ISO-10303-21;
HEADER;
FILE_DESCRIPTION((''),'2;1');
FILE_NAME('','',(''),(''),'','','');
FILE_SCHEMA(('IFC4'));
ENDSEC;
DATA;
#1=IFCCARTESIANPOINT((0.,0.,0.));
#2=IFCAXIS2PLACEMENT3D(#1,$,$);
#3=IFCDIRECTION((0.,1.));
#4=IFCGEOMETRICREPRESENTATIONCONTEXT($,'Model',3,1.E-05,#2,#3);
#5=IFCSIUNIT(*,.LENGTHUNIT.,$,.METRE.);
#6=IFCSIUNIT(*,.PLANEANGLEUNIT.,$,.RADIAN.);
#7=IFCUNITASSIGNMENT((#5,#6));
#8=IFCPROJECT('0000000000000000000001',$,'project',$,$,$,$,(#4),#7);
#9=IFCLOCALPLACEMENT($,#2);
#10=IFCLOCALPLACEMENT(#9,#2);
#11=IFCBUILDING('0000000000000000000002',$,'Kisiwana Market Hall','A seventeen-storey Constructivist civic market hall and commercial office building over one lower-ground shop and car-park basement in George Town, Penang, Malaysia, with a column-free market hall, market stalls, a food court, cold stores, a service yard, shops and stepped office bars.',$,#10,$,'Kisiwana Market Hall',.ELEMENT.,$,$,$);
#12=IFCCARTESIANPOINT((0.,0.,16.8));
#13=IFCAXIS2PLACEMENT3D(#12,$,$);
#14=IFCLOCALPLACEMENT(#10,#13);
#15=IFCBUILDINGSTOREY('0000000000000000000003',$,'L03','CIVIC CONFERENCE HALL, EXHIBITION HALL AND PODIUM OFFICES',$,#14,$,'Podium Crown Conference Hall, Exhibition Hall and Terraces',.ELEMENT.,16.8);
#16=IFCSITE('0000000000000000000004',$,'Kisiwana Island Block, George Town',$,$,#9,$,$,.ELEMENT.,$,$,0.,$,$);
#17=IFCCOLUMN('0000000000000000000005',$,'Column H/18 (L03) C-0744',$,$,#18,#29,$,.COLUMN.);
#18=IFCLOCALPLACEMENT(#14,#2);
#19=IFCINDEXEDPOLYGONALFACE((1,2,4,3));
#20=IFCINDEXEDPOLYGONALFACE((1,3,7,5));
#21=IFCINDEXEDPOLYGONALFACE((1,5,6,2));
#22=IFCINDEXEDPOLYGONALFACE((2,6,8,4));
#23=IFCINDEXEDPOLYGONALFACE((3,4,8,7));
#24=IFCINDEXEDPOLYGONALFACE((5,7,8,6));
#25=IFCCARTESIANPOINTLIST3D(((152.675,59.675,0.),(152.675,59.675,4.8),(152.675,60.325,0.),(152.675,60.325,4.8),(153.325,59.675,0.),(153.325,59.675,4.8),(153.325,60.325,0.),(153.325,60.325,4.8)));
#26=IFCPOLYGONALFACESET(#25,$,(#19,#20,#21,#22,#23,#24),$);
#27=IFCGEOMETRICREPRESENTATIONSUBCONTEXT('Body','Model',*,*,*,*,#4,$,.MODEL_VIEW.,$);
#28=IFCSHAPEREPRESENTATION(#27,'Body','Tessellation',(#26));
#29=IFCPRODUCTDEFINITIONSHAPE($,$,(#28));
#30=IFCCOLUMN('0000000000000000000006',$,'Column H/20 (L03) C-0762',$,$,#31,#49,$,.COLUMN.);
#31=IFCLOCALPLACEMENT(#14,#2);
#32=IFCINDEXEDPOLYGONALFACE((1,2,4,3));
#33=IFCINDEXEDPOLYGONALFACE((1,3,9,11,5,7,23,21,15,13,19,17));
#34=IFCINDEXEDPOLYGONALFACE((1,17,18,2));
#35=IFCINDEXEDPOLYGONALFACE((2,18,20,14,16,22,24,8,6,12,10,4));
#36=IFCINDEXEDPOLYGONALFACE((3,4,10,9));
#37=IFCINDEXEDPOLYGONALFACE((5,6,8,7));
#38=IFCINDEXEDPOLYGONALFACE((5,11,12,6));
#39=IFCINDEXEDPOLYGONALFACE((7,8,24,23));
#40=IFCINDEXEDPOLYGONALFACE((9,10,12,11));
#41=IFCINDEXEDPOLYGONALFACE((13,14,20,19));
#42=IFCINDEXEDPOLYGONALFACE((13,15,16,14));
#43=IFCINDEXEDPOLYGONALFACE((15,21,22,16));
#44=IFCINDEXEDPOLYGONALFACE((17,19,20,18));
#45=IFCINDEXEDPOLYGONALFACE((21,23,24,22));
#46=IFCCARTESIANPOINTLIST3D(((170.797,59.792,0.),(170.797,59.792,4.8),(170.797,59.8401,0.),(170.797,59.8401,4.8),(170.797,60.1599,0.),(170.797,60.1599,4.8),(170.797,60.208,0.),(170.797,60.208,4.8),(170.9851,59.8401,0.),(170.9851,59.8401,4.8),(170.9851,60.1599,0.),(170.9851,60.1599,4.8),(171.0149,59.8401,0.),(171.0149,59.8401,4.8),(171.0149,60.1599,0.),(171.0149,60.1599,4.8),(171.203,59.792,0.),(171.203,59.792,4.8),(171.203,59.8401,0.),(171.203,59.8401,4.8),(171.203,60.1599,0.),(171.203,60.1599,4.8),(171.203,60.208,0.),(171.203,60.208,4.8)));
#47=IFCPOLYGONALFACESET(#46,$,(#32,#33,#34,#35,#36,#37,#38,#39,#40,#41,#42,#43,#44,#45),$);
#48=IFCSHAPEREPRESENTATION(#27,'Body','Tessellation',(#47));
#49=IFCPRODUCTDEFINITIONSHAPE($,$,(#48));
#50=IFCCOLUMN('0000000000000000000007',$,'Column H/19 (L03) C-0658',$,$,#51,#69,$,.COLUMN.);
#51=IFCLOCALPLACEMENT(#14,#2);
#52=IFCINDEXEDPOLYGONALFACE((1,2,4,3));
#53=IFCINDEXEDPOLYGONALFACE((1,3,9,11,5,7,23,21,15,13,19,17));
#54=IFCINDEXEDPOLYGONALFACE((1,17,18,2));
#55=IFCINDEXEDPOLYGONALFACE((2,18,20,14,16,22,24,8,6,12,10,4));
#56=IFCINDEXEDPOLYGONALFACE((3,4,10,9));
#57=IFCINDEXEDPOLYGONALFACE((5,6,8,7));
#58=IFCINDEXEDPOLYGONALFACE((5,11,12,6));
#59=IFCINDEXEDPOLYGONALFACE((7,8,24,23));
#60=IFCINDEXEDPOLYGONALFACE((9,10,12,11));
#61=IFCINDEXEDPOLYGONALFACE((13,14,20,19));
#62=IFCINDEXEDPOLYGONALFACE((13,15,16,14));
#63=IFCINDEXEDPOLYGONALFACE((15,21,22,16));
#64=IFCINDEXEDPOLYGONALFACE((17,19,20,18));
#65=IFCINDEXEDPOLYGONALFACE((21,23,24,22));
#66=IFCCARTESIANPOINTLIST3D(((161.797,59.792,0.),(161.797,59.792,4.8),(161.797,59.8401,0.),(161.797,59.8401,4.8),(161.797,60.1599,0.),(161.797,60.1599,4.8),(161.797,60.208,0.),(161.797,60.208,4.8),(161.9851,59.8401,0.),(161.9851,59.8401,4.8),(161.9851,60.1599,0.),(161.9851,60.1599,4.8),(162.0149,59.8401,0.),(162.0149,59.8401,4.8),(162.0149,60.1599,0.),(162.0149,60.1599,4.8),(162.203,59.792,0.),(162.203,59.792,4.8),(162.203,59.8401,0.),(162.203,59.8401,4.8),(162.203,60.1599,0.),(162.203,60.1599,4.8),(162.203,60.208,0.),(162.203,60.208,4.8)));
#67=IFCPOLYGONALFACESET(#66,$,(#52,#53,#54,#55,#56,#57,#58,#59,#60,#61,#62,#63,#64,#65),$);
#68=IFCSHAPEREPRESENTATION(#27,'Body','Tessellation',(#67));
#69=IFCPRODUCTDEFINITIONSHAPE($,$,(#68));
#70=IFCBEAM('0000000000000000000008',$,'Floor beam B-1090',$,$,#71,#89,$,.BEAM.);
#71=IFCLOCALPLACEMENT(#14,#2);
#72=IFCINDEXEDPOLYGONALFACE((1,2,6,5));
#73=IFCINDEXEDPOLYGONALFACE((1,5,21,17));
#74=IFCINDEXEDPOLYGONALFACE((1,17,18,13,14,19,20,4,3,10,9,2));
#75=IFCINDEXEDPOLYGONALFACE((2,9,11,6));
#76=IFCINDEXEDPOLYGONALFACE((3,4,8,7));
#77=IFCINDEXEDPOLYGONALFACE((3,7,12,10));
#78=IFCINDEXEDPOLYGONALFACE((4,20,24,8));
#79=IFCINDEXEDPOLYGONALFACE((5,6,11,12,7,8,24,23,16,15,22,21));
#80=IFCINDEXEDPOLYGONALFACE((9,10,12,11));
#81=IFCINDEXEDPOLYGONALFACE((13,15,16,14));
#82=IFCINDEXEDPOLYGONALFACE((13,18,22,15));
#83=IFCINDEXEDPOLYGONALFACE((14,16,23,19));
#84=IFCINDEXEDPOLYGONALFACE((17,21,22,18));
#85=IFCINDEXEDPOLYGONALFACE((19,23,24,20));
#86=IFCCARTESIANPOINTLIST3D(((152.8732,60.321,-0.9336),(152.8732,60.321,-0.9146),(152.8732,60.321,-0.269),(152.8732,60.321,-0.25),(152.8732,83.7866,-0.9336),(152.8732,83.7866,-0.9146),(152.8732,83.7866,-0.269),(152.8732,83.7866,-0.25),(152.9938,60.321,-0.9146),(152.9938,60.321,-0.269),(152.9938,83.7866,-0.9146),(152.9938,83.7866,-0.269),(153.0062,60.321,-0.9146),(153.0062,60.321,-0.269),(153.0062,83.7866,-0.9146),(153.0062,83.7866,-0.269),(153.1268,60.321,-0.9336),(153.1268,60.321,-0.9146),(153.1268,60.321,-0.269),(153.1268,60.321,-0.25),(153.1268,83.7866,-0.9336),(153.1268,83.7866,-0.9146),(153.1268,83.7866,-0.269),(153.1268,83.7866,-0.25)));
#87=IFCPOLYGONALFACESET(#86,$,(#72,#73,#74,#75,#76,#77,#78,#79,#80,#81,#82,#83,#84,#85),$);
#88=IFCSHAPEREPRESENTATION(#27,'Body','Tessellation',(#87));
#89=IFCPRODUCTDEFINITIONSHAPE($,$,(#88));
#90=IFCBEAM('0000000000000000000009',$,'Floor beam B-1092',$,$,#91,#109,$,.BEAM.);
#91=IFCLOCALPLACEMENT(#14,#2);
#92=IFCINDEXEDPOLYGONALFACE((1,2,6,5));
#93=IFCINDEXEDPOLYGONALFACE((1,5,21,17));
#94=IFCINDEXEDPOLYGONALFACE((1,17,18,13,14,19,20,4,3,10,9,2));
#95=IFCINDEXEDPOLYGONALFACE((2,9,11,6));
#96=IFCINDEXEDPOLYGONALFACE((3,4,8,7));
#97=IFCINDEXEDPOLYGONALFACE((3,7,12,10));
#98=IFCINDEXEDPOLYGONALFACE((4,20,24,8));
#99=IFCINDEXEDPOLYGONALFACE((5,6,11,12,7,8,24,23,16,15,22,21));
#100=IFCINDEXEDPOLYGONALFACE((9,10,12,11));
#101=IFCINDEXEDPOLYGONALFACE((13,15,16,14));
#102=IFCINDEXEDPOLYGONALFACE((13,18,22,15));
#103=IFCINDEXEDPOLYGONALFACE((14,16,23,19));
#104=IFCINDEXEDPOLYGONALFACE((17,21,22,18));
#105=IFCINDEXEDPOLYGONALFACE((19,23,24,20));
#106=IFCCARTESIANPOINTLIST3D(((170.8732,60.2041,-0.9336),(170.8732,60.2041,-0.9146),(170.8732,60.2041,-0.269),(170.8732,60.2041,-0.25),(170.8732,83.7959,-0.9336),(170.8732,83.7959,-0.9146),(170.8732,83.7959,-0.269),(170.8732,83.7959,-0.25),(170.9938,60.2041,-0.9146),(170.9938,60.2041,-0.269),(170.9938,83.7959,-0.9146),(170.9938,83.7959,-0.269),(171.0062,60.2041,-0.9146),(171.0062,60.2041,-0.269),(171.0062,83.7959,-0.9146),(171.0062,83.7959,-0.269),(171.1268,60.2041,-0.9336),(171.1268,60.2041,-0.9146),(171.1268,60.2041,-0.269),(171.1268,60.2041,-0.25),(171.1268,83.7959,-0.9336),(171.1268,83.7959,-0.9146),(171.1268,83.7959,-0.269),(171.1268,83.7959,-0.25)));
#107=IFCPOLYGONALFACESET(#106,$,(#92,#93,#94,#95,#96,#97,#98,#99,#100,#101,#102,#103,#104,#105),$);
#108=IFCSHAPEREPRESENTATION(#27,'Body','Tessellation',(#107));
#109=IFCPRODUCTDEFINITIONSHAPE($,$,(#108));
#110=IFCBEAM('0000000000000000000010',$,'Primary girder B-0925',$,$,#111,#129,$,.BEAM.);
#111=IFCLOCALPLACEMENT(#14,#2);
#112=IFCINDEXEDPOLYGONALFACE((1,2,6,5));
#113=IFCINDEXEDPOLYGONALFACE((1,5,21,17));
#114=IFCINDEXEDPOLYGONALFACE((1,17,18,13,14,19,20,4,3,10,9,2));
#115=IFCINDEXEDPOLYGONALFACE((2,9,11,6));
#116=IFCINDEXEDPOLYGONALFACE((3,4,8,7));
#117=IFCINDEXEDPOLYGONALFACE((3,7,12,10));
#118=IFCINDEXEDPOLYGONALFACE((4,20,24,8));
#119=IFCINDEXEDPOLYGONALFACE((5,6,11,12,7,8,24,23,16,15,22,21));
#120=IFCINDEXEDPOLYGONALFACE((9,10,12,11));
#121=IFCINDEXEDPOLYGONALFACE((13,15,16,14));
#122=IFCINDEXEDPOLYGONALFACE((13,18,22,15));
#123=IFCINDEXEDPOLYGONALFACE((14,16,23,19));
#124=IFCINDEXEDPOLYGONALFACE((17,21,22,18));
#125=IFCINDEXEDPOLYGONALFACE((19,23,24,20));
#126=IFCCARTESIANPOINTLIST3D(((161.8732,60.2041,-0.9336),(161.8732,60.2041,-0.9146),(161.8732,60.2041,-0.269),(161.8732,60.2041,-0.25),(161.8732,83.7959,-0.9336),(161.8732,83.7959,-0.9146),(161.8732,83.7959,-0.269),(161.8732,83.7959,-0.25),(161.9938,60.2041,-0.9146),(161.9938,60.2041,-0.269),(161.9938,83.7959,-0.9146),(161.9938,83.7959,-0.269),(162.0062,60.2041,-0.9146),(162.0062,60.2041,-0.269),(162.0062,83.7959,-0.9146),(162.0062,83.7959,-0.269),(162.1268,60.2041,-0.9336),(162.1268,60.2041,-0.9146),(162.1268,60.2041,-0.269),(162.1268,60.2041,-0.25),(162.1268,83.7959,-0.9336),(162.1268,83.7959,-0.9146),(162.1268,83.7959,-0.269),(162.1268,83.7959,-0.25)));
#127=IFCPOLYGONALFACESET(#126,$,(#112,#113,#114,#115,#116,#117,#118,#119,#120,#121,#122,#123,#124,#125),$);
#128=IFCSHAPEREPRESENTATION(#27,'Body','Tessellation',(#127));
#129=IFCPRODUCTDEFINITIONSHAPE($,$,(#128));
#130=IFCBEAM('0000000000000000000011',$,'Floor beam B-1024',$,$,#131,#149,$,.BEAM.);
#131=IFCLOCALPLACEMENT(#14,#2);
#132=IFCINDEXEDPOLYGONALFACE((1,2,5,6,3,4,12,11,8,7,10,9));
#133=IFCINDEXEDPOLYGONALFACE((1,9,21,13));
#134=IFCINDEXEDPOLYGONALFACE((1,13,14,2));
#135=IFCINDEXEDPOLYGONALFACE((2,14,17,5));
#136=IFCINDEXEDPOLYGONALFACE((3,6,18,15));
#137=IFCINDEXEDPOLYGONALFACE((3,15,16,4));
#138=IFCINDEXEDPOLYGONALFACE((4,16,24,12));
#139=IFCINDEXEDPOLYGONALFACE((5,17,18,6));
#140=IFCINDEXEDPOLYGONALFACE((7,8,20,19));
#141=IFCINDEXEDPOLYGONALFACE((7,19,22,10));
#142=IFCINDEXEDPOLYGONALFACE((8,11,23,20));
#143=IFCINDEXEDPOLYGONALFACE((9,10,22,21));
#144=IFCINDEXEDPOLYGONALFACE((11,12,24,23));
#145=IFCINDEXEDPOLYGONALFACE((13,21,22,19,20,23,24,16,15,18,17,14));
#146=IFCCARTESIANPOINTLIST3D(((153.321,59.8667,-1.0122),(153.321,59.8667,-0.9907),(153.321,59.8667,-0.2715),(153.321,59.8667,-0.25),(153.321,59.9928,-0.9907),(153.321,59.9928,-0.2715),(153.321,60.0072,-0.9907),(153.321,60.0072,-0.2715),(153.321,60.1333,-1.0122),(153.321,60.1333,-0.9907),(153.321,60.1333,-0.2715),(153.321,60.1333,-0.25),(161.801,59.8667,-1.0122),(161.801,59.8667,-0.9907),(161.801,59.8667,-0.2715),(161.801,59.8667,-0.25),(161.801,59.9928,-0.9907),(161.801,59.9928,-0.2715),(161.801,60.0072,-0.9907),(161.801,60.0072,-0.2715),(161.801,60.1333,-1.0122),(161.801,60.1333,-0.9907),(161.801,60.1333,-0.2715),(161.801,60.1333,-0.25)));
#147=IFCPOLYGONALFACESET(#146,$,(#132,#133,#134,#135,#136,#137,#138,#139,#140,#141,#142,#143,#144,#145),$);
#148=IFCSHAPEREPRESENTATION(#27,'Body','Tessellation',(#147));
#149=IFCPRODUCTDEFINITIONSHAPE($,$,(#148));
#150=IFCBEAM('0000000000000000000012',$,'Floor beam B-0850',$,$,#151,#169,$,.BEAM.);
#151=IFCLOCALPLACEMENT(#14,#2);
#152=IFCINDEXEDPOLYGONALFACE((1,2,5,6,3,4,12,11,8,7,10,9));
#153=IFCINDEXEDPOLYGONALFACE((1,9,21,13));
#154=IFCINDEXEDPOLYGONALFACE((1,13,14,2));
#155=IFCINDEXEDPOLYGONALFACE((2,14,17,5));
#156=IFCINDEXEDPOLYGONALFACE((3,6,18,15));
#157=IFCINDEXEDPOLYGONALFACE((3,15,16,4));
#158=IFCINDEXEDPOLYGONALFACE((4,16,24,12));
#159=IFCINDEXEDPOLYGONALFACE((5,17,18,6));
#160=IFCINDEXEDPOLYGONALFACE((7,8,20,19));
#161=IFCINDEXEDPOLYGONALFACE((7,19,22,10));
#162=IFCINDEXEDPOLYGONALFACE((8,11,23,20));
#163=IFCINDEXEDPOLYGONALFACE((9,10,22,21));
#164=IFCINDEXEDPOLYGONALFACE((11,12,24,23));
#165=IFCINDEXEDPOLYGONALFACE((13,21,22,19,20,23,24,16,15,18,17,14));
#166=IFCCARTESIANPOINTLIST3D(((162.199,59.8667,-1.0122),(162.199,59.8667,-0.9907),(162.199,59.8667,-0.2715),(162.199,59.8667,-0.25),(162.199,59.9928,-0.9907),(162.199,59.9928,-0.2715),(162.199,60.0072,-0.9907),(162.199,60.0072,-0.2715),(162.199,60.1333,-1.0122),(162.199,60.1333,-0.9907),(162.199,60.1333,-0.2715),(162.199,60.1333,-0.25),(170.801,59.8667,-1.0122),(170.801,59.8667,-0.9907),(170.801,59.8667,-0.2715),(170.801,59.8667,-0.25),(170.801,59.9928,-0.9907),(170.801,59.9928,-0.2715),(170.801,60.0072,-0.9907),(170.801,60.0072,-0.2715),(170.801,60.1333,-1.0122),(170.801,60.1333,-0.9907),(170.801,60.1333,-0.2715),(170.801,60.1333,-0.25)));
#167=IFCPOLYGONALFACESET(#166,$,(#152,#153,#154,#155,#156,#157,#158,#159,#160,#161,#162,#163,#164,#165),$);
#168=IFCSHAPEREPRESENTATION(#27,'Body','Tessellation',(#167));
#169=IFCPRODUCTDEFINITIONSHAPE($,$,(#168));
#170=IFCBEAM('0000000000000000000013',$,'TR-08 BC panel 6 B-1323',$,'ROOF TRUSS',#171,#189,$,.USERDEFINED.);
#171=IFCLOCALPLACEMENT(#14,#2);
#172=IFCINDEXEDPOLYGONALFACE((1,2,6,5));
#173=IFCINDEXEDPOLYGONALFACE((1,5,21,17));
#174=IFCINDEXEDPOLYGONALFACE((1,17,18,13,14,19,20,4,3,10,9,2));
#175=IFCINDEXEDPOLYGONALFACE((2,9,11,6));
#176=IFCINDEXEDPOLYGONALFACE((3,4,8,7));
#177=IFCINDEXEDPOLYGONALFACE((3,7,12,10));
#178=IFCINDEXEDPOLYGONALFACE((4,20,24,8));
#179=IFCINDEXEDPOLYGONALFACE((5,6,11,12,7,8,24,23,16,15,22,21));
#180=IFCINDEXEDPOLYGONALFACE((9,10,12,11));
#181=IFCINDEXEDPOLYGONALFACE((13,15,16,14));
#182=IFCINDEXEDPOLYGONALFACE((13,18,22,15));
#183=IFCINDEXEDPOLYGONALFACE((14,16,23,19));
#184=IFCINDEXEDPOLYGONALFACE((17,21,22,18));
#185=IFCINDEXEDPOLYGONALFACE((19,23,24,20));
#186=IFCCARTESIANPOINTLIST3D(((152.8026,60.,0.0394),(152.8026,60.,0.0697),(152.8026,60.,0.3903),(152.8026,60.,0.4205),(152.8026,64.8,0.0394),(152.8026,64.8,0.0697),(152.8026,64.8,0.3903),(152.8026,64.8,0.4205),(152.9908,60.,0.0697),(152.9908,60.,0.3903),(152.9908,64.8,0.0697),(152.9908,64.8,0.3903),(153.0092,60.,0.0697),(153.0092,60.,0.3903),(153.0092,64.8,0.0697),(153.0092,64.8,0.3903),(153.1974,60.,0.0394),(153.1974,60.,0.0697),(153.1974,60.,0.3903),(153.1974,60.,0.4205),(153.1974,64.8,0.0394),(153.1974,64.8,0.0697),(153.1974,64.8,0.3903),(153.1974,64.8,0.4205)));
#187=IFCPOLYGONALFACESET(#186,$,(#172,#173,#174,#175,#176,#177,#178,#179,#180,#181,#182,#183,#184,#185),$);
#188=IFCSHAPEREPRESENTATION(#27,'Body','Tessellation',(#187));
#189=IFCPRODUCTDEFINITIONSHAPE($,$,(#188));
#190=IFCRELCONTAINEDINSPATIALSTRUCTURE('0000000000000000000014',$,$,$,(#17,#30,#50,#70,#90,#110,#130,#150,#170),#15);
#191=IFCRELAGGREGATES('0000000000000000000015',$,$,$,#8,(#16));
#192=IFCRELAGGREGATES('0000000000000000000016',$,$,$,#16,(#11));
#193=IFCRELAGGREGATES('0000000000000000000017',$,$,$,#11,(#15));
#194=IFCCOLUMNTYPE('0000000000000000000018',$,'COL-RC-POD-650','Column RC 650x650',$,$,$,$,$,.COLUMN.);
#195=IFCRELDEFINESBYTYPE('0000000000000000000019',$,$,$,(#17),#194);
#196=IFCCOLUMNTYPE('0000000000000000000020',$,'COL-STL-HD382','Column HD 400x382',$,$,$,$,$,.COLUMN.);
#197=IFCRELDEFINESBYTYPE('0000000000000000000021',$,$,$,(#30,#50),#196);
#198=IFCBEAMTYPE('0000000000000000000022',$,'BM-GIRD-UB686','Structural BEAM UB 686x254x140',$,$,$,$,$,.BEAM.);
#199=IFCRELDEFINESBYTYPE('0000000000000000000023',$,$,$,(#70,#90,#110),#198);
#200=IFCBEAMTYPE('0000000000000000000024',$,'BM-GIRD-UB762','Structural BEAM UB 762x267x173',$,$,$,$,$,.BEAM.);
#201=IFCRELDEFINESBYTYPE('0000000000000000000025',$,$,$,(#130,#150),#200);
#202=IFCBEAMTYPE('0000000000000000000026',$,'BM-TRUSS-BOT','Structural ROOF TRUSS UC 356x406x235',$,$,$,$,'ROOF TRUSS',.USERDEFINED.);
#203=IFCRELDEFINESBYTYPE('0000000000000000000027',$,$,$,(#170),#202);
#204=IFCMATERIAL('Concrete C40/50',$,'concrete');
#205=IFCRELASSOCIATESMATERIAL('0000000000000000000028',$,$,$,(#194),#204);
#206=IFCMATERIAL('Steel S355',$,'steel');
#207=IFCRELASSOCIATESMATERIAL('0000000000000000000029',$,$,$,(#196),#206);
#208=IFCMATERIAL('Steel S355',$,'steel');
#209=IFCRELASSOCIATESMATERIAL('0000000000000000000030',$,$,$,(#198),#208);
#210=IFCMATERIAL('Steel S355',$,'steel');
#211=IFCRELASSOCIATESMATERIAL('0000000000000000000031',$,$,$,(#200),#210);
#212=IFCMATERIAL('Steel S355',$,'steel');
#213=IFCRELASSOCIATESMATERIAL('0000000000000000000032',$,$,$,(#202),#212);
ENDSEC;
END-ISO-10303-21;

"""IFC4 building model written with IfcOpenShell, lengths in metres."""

from ifc_helpers import new_model, si_unit, direction, frame, origin, origin_2d, place, context, subcontext, project, spatial, rectangle, i_section, extrude, material, material_profile, profile_set, type_object, element, save


model = new_model("IFC4")

# Units and contexts
model_context = context("Model", 3, precision=1e-05, world=origin(), true_north=direction((0.0, 1.0)))
body_context = subcontext(model_context, "Body", "Model", "MODEL_VIEW")
ifc_project = project(units=[si_unit("LENGTHUNIT", "METRE"), si_unit("PLANEANGLEUNIT", "RADIAN")], contexts=[model_context])

# Site, building, storey
site_placement = place(None, origin())
site = spatial("IfcSite", under=ifc_project, at=site_placement, Name="Kisiwana Island Block, George Town", CompositionType="ELEMENT", RefElevation=0.0)
building_placement = place(site_placement, origin())
building = spatial("IfcBuilding", under=site, at=building_placement, Name="Kisiwana Market Hall", Description="A seventeen-storey Constructivist civic market hall and commercial office building over one lower-ground shop and car-park basement in George Town, Penang, Malaysia, with a column-free market hall, market stalls, a food court, cold stores, a service yard, shops and stepped office bars.", LongName="Kisiwana Market Hall", CompositionType="ELEMENT")
storey_placement = place(building_placement, frame((0.0, 0.0, 16.8)))
storey = spatial("IfcBuildingStorey", under=building, at=storey_placement, Name="L03", Description="CIVIC CONFERENCE HALL, EXHIBITION HALL AND PODIUM OFFICES", LongName="Podium Crown Conference Hall, Exhibition Hall and Terraces", CompositionType="ELEMENT", Elevation=16.8)

# Columns
ifc_material_1 = material(Name="Concrete C40/50", Category="concrete")
ifc_material_profile_1 = material_profile(ifc_material_1, rectangle(XDim=0.6499, YDim=0.6499, at=origin_2d()), Name="RC 650x650")
ifc_profile_set_1 = profile_set([ifc_material_profile_1], Name="Concrete C40/50")
column_type_1 = type_object("IfcColumnType", Name="COL-RC-POD-650", Description="Column RC 650x650", PredefinedType="COLUMN", material=ifc_profile_set_1)
column_placement = place(storey_placement, frame((153.0, 60.0, 0.0), z_axis=(0.0, 0.0, 1.0), x_axis=(1.0, 0.0, 0.0)))
element("IfcColumn", 1, at=column_placement, inside=storey, type_object=column_type_1, Name="Column H/18 (L03) C-0744", PredefinedType="COLUMN", context=body_context, shape_type="SweptSolid", body=[
    extrude(rectangle(XDim=0.6499, YDim=0.6499, at=origin_2d()), origin(), (0.0, 0.0, 1.0), 4.8),
])
ifc_material_2 = material(Name="Steel S355", Category="steel")
ifc_material_profile_2 = material_profile(ifc_material_2, i_section(OverallWidth=0.406, OverallDepth=0.416, WebThickness=0.0298, FlangeThickness=0.0481, at=origin_2d()), Name="HD 400x382")
ifc_profile_set_2 = profile_set([ifc_material_profile_2], Name="Steel S355")
column_type_2 = type_object("IfcColumnType", Name="COL-STL-HD382", Description="Column HD 400x382", PredefinedType="COLUMN", material=ifc_profile_set_2)
for number, where, z_axis, x_axis, name in (
    (2, (171.0, 60.0, 0.0), (0.0, 0.0, 1.0), (1.0, 0.0, 0.0), "Column H/20 (L03) C-0762"),
    (3, (162.0, 60.0, 0.0), (0.0, 0.0, 1.0), (1.0, 0.0, 0.0), "Column H/19 (L03) C-0658"),
):
    element("IfcColumn", number, at=place(storey_placement, frame(where, z_axis=z_axis, x_axis=x_axis)), inside=storey, type_object=column_type_2, Name=name, PredefinedType="COLUMN", context=body_context, shape_type="SweptSolid", body=[
        extrude(i_section(OverallWidth=0.406, OverallDepth=0.416, WebThickness=0.0298, FlangeThickness=0.0481, at=origin_2d()), origin(), (0.0, 0.0, 1.0), 4.8),
    ])

# Beams
ifc_material_3 = material(Name="Steel S355", Category="steel")
ifc_material_profile_3 = material_profile(ifc_material_3, i_section(OverallWidth=0.2537, OverallDepth=0.6836, WebThickness=0.0125, FlangeThickness=0.019, at=origin_2d()), Name="UB 686x254x140")
ifc_profile_set_3 = profile_set([ifc_material_profile_3], Name="Steel S355")
beam_type_1 = type_object("IfcBeamType", Name="BM-GIRD-UB686", Description="Structural BEAM UB 686x254x140", PredefinedType="BEAM", material=ifc_profile_set_3)
beam_1_placement = place(storey_placement, frame((153.0, 60.321, -0.5918), z_axis=(0.0, 1.0, 0.0), x_axis=(-1.0, 0.0, 0.0)))
element("IfcBeam", 4, at=beam_1_placement, inside=storey, type_object=beam_type_1, Name="Floor beam B-1090", PredefinedType="BEAM", context=body_context, shape_type="SweptSolid", body=[
    extrude(i_section(OverallWidth=0.2537, OverallDepth=0.6836, WebThickness=0.0125, FlangeThickness=0.019, at=origin_2d()), origin(), (0.0, 0.0, 1.0), 23.4656),
])
for number, where, z_axis, x_axis, name in (
    (5, (171.0, 60.2041, -0.5918), (0.0, 1.0, 0.0), (-1.0, 0.0, 0.0), "Floor beam B-1092"),
    (6, (162.0, 60.2041, -0.5918), (0.0, 1.0, 0.0), (-1.0, 0.0, 0.0), "Primary girder B-0925"),
):
    element("IfcBeam", number, at=place(storey_placement, frame(where, z_axis=z_axis, x_axis=x_axis)), inside=storey, type_object=beam_type_1, Name=name, PredefinedType="BEAM", context=body_context, shape_type="SweptSolid", body=[
        extrude(i_section(OverallWidth=0.2537, OverallDepth=0.6836, WebThickness=0.0125, FlangeThickness=0.019, at=origin_2d()), origin(), (0.0, 0.0, 1.0), 23.5918),
    ])
ifc_material_4 = material(Name="Steel S355", Category="steel")
ifc_material_profile_4 = material_profile(ifc_material_4, i_section(OverallWidth=0.2666, OverallDepth=0.7622, WebThickness=0.0144, FlangeThickness=0.0215, at=origin_2d()), Name="UB 762x267x173")
ifc_profile_set_4 = profile_set([ifc_material_profile_4], Name="Steel S355")
beam_type_2 = type_object("IfcBeamType", Name="BM-GIRD-UB762", Description="Structural BEAM UB 762x267x173", PredefinedType="BEAM", material=ifc_profile_set_4)
beam_2_placement = place(storey_placement, frame((153.321, 60.0, -0.6311), z_axis=(1.0, 0.0, 0.0), x_axis=(0.0, 1.0, 0.0)))
element("IfcBeam", 7, at=beam_2_placement, inside=storey, type_object=beam_type_2, Name="Floor beam B-1024", PredefinedType="BEAM", context=body_context, shape_type="SweptSolid", body=[
    extrude(i_section(OverallWidth=0.2666, OverallDepth=0.7622, WebThickness=0.0144, FlangeThickness=0.0215, at=origin_2d()), origin(), (0.0, 0.0, 1.0), 8.48),
])
beam_3_placement = place(storey_placement, frame((162.199, 60.0, -0.6311), z_axis=(1.0, 0.0, 0.0), x_axis=(0.0, 1.0, 0.0)))
element("IfcBeam", 8, at=beam_3_placement, inside=storey, type_object=beam_type_2, Name="Floor beam B-0850", PredefinedType="BEAM", context=body_context, shape_type="SweptSolid", body=[
    extrude(i_section(OverallWidth=0.2666, OverallDepth=0.7622, WebThickness=0.0144, FlangeThickness=0.0215, at=origin_2d()), origin(), (0.0, 0.0, 1.0), 8.6021),
])
ifc_material_5 = material(Name="Steel S355", Category="steel")
ifc_material_profile_5 = material_profile(ifc_material_5, i_section(OverallWidth=0.3948, OverallDepth=0.3811, WebThickness=0.0183, FlangeThickness=0.0303, at=origin_2d()), Name="UC 356x406x235")
ifc_profile_set_5 = profile_set([ifc_material_profile_5], Name="Steel S355")
beam_type_3 = type_object("IfcBeamType", Name="BM-TRUSS-BOT", Description="Structural ROOF TRUSS UC 356x406x235", ElementType="ROOF TRUSS", PredefinedType="USERDEFINED", material=ifc_profile_set_5)
for number, where, z_axis, x_axis, name in (
    (9, (153.0, 60.0, 0.23), (0.0, 1.0, 0.0), (-1.0, 0.0, 0.0), "TR-08 BC panel 6 B-1323"),
):
    element("IfcBeam", number, at=place(storey_placement, frame(where, z_axis=z_axis, x_axis=x_axis)), inside=storey, type_object=beam_type_3, Name=name, ObjectType="ROOF TRUSS", PredefinedType="USERDEFINED", context=body_context, shape_type="SweptSolid", body=[
        extrude(i_section(OverallWidth=0.3948, OverallDepth=0.3811, WebThickness=0.0183, FlangeThickness=0.0303, at=origin_2d()), origin(), (0.0, 0.0, 1.0), 4.8),
    ])

save(model, "model.ifc")
